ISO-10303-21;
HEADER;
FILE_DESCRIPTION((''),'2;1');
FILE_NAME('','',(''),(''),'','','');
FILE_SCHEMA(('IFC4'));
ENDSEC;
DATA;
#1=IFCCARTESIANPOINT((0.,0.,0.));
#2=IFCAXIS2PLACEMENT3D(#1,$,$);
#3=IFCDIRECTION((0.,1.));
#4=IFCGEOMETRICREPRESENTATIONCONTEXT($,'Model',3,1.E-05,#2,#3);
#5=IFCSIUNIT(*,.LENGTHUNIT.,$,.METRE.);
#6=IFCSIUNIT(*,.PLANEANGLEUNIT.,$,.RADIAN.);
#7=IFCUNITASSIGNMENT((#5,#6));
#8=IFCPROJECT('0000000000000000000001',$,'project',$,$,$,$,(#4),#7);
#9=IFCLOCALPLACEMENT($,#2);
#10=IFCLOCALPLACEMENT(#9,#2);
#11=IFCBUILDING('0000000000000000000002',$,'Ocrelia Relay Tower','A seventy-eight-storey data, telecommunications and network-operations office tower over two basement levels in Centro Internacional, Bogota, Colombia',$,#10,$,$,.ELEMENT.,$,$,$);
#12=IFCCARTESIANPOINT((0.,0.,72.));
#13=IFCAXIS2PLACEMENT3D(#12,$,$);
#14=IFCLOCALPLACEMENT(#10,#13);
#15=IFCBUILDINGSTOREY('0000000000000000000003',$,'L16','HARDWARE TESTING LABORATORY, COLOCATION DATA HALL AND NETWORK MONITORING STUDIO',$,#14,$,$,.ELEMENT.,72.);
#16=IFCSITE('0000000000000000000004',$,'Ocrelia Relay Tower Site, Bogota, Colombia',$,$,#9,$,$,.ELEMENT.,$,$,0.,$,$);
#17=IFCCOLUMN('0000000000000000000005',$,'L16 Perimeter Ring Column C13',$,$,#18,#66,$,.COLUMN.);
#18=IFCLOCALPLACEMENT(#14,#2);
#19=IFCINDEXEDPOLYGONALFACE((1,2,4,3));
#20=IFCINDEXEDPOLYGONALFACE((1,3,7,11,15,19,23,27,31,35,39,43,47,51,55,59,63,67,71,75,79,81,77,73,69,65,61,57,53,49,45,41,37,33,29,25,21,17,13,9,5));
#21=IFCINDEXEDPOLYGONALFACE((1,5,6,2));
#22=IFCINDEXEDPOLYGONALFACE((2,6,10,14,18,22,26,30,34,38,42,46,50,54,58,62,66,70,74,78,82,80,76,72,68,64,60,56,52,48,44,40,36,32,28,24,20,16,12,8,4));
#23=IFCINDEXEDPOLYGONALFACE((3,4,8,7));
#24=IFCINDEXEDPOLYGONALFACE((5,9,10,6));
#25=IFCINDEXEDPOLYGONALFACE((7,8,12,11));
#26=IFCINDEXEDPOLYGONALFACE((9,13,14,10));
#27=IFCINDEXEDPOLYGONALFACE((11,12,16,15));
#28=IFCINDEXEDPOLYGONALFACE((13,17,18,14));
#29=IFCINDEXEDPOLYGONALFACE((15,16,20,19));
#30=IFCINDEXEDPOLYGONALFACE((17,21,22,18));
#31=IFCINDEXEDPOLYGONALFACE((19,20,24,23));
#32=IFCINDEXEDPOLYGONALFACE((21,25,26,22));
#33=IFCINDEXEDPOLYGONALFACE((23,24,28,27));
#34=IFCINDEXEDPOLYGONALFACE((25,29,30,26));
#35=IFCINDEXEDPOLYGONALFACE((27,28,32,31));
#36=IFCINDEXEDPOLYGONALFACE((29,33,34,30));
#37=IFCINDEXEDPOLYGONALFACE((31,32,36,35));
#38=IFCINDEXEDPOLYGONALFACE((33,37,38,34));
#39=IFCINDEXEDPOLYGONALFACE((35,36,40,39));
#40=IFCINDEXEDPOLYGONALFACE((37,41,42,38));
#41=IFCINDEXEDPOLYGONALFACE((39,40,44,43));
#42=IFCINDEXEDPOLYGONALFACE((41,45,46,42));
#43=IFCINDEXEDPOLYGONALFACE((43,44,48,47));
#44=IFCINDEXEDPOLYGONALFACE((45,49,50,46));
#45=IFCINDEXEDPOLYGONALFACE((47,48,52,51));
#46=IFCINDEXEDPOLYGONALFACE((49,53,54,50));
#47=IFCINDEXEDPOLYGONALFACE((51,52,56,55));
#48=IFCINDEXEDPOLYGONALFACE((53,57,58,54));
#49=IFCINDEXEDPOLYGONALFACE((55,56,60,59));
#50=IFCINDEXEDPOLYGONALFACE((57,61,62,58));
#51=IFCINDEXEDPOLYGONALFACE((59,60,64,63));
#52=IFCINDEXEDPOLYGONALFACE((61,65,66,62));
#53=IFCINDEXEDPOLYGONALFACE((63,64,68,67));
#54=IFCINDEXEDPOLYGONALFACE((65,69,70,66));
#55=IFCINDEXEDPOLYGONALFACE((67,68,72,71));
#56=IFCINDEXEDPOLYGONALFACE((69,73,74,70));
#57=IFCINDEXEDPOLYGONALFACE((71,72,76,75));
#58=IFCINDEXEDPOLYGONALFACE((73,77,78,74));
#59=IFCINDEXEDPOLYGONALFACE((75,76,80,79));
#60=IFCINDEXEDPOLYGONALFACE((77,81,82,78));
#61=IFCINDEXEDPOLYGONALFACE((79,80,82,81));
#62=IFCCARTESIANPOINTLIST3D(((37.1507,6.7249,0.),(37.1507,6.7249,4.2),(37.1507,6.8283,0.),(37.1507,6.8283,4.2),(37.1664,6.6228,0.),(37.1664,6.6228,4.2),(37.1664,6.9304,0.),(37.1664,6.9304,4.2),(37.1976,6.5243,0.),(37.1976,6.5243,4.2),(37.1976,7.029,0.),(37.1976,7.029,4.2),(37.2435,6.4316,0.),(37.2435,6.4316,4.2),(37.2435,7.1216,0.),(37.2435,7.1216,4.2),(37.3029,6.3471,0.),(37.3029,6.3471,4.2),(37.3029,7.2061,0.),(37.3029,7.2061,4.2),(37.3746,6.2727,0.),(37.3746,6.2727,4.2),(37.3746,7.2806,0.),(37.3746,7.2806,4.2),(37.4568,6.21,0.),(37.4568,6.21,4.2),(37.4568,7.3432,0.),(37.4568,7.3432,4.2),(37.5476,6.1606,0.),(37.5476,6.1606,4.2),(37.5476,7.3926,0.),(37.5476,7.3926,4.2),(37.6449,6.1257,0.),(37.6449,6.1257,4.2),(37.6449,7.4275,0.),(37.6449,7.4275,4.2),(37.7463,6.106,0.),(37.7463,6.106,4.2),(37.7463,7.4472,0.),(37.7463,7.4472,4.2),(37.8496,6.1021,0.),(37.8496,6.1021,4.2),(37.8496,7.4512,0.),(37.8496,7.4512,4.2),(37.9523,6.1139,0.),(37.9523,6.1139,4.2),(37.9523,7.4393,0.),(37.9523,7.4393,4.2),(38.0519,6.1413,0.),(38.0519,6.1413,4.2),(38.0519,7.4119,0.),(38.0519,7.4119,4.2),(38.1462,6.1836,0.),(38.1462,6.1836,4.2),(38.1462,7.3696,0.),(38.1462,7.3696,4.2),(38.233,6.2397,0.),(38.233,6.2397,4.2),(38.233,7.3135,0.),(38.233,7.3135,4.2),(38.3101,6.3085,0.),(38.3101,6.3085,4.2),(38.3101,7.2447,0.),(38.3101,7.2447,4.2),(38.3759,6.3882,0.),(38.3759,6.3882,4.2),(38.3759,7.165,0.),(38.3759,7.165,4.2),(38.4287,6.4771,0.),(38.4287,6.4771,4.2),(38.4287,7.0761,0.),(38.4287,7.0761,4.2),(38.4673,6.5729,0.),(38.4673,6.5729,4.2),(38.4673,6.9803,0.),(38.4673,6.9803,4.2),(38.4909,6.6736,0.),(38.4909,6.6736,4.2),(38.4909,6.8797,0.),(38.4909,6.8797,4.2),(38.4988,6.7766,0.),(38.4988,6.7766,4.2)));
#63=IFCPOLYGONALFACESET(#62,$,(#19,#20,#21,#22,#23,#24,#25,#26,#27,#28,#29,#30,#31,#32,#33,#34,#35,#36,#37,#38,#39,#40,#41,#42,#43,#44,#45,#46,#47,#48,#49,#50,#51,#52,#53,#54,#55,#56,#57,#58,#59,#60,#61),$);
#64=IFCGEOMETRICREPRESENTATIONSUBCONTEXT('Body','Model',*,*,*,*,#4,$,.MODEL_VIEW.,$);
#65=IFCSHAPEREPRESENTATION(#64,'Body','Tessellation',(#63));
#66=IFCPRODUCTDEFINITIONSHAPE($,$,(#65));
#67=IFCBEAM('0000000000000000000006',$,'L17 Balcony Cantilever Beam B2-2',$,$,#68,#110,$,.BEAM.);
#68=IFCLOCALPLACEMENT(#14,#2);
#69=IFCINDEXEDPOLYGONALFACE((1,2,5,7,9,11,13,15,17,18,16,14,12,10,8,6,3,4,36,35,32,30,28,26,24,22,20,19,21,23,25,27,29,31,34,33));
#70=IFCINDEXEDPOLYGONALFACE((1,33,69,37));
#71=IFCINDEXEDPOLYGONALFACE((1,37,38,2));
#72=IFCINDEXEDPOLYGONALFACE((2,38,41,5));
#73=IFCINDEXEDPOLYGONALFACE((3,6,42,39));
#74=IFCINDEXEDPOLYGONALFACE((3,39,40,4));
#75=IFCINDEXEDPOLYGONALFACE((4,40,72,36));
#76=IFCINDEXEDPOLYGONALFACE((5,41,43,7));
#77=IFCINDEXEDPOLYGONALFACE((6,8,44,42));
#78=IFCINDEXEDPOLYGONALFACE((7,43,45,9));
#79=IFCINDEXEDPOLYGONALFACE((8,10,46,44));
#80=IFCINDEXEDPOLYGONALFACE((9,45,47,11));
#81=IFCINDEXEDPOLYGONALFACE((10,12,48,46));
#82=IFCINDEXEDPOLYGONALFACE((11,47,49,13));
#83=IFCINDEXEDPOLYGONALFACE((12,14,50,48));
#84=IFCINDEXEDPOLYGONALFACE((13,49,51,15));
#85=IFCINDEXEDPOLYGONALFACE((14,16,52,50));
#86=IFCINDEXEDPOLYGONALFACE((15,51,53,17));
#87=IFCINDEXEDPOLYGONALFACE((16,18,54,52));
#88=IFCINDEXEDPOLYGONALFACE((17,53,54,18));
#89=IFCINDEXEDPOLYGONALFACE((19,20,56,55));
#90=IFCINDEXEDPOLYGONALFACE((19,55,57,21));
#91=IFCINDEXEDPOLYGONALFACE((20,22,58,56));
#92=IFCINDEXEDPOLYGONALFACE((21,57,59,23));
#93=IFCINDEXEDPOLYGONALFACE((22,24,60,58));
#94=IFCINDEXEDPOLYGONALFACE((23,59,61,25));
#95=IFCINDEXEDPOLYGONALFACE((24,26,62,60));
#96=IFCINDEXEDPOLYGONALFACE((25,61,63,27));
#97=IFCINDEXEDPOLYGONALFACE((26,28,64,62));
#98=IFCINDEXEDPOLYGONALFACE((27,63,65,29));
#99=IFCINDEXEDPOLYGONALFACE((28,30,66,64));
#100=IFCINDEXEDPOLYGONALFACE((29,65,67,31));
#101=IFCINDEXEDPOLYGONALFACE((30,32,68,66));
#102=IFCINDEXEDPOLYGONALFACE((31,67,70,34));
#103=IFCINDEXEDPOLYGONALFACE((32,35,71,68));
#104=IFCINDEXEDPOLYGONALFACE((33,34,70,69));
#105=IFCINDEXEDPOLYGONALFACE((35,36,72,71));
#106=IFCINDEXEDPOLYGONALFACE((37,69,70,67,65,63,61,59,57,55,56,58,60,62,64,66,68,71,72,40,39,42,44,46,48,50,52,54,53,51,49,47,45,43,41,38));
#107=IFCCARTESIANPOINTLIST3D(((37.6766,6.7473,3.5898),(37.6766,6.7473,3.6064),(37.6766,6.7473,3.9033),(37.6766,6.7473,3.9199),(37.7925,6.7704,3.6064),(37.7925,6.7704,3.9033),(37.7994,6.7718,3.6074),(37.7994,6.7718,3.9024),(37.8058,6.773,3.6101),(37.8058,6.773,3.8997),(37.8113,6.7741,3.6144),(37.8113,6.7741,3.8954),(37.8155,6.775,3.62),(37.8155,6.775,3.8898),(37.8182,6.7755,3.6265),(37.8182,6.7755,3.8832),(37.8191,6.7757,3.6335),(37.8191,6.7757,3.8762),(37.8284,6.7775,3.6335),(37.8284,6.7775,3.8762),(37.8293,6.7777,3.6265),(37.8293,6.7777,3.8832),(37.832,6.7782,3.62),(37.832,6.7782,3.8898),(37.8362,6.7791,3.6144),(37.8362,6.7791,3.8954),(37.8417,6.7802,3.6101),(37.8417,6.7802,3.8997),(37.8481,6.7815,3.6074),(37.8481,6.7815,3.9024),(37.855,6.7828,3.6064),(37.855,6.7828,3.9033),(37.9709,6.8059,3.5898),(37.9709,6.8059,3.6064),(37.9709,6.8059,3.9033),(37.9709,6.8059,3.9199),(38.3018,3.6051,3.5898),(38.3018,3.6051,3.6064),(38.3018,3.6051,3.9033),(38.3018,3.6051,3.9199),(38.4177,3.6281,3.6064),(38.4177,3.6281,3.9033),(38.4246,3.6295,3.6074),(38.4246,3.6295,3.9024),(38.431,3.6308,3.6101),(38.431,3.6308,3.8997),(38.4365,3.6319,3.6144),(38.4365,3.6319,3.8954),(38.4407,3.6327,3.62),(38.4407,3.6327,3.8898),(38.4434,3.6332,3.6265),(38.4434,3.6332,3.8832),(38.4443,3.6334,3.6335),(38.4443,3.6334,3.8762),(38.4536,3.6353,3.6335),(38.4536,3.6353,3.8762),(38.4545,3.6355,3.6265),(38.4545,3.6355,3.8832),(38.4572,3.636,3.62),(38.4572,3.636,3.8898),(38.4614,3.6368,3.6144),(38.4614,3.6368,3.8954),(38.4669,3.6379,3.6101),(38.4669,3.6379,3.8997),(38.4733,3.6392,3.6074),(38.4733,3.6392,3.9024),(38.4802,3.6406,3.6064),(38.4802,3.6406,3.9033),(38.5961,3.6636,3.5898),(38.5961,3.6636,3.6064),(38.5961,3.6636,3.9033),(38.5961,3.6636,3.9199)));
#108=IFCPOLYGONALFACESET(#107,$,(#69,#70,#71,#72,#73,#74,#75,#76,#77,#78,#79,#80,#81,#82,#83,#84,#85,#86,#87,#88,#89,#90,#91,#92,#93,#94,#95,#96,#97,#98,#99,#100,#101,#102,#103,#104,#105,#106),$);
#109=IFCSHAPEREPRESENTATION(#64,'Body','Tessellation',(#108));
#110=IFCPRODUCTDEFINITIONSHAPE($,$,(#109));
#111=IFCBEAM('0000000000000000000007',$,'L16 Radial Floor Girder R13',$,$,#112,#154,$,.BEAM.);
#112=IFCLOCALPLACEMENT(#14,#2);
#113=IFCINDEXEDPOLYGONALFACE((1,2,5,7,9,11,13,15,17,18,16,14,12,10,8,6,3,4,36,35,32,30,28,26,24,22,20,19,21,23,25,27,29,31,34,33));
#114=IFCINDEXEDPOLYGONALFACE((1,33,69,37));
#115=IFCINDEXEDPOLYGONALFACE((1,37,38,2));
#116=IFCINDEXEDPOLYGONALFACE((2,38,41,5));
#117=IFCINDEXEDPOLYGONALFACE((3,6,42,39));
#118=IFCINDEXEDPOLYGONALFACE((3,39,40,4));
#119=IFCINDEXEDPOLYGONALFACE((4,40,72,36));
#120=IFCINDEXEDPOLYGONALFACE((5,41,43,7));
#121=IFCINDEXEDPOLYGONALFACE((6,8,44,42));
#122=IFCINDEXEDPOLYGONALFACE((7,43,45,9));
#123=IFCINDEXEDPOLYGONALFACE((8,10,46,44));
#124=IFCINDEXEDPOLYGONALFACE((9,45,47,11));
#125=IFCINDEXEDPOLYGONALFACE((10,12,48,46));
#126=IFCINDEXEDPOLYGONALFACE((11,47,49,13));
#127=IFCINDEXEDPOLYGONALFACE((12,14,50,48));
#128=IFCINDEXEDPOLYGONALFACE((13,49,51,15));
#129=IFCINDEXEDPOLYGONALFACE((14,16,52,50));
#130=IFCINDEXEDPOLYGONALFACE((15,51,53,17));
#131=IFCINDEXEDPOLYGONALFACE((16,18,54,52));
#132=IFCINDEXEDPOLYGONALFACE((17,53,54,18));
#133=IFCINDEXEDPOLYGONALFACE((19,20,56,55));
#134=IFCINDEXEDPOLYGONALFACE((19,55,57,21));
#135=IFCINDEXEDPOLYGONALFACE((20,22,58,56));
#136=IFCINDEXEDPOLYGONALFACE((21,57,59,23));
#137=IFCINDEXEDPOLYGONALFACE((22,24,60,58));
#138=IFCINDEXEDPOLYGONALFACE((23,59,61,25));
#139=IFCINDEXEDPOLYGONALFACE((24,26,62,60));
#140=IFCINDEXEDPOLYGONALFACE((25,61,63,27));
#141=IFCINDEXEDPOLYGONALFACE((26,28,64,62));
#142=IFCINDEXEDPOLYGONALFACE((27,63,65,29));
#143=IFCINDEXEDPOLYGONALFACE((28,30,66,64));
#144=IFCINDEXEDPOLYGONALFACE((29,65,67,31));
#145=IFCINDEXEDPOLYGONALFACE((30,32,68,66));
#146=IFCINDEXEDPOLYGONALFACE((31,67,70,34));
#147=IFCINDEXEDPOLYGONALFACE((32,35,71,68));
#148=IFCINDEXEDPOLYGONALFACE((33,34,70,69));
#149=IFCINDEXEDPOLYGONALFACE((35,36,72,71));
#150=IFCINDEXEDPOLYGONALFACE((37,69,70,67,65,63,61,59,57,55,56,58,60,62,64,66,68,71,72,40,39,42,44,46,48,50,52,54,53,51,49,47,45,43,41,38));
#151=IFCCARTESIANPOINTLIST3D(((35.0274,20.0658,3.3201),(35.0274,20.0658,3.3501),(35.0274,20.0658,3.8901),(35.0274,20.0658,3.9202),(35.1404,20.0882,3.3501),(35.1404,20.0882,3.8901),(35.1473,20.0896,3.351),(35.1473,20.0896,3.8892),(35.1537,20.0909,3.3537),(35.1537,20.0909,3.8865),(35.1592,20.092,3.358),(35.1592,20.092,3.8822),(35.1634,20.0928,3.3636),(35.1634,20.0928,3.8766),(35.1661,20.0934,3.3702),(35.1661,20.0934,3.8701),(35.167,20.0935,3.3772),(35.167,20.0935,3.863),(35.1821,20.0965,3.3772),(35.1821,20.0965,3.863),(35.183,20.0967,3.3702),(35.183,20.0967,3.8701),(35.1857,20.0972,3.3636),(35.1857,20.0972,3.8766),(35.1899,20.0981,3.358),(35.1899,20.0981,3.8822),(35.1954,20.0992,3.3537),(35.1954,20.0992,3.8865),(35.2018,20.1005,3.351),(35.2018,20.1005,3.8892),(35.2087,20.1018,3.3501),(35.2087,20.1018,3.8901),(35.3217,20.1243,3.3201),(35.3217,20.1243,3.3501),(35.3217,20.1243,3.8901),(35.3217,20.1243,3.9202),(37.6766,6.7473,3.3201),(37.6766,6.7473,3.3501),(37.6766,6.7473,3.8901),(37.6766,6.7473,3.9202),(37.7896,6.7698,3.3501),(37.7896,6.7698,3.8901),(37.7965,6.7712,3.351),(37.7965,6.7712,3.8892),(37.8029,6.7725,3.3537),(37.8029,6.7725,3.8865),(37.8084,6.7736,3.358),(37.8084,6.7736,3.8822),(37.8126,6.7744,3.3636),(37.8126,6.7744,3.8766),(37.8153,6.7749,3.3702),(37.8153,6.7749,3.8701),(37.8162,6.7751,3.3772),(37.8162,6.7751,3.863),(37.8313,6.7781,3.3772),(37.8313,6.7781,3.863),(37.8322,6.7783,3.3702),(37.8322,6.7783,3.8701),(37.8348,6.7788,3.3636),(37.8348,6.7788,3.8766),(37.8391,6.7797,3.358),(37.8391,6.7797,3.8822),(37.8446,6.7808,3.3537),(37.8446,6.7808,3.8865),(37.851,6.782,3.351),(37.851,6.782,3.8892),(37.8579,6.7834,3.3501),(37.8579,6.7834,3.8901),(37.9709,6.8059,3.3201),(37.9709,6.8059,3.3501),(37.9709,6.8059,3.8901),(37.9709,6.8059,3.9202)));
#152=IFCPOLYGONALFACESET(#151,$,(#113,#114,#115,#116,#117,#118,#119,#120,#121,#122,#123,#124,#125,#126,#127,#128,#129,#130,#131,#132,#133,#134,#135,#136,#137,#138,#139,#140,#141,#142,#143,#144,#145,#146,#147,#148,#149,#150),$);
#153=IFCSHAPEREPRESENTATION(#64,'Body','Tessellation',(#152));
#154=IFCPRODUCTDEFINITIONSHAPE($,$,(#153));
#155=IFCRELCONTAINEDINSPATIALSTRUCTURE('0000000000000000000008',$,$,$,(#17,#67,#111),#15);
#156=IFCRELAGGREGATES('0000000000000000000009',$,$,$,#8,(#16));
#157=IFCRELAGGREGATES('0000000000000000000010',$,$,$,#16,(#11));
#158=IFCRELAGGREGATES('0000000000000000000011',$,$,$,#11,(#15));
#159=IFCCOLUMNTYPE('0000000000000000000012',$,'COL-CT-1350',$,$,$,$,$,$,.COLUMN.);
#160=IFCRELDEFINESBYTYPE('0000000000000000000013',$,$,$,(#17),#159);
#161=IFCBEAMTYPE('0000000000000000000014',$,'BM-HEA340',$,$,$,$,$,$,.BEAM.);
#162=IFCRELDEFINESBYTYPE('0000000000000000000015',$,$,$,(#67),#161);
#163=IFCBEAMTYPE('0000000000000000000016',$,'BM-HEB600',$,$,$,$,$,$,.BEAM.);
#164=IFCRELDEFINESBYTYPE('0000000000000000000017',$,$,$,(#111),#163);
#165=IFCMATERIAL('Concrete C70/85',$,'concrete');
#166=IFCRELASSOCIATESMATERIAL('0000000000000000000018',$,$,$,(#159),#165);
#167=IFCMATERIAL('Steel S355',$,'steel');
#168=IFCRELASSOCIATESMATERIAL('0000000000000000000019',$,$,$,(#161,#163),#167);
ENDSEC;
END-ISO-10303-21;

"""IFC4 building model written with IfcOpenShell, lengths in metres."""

from ifc_helpers import new_model, si_unit, direction, frame, origin, origin_2d, place, context, subcontext, project, spatial, circle, i_section, extrude, material, material_profile, profile_set, type_object, element, save


model = new_model("IFC4")

# Units and contexts
model_context = context("Model", 3, precision=1e-05, world=origin(), true_north=direction((0.0, 1.0)))
body_context = subcontext(model_context, "Body", "Model", "MODEL_VIEW")
ifc_project = project(units=[si_unit("LENGTHUNIT", "METRE"), si_unit("PLANEANGLEUNIT", "RADIAN")], contexts=[model_context])

# Site, building, storey
site_placement = place(None, origin())
site = spatial("IfcSite", under=ifc_project, at=site_placement, Name="Ocrelia Relay Tower Site, Bogota, Colombia", CompositionType="ELEMENT", RefElevation=0.0)
building_placement = place(site_placement, origin())
building = spatial("IfcBuilding", under=site, at=building_placement, Name="Ocrelia Relay Tower", Description="A seventy-eight-storey data, telecommunications and network-operations office tower over two basement levels in Centro Internacional, Bogota, Colombia", CompositionType="ELEMENT")
storey_placement = place(building_placement, frame((0.0, 0.0, 72.0)))
storey = spatial("IfcBuildingStorey", under=building, at=storey_placement, Name="L16", Description="HARDWARE TESTING LABORATORY, COLOCATION DATA HALL AND NETWORK MONITORING STUDIO", CompositionType="ELEMENT", Elevation=72.0)

# Column
ifc_material_1 = material(Name="Concrete C70/85", Category="concrete")
ifc_material_profile_1 = material_profile(ifc_material_1, circle(Radius=0.675, at=origin_2d()), Name="RC-CIR-1350")
ifc_profile_set_1 = profile_set([ifc_material_profile_1], Name="Concrete C70/85")
column_type = type_object("IfcColumnType", Name="COL-CT-1350", PredefinedType="COLUMN", material=ifc_profile_set_1)
column_placement = place(storey_placement, frame((37.8237, 6.7766, 0.0), z_axis=(0.0, 0.0, 1.0), x_axis=(1.0, 0.0, 0.0)))
element("IfcColumn", 1, at=column_placement, inside=storey, type_object=column_type, Name="L16 Perimeter Ring Column C13", PredefinedType="COLUMN", context=body_context, shape_type="SweptSolid", body=[
    extrude(circle(Radius=0.675, at=origin_2d()), origin(), (0.0, 0.0, 1.0), 4.2),
])

# Beams
ifc_material_2 = material(Name="Steel S355", Category="steel")
ifc_material_profile_2 = material_profile(ifc_material_2, i_section(OverallWidth=0.3, OverallDepth=0.3301, WebThickness=0.0095, FlangeThickness=0.0166, FilletRadius=0.0271, at=origin_2d()), Name="HEA 340")
ifc_profile_set_2 = profile_set([ifc_material_profile_2], Name="Steel S355")
beam_type_1 = type_object("IfcBeamType", Name="BM-HEA340", PredefinedType="BEAM", material=ifc_profile_set_2)
beam_1_placement = place(storey_placement, frame((37.8237, 6.7766, 3.7549), z_axis=(0.195149, -0.980774, 0.0), x_axis=(0.980774, 0.195149, 0.0)))
element("IfcBeam", 2, at=beam_1_placement, inside=storey, type_object=beam_type_1, Name="L17 Balcony Cantilever Beam B2-2", PredefinedType="BEAM", context=body_context, shape_type="SweptSolid", body=[
    extrude(i_section(OverallWidth=0.3, OverallDepth=0.3301, WebThickness=0.0095, FlangeThickness=0.0166, FilletRadius=0.0271, at=origin_2d()), origin(), (0.0, 0.0, 1.0), 3.2039),
])
ifc_material_profile_3 = material_profile(ifc_material_2, i_section(OverallWidth=0.3, OverallDepth=0.6001, WebThickness=0.0154, FlangeThickness=0.03, FilletRadius=0.0271, at=origin_2d()), Name="HEB 600")
ifc_profile_set_3 = profile_set([ifc_material_profile_3], Name="Steel S355")
beam_type_2 = type_object("IfcBeamType", Name="BM-HEB600", PredefinedType="BEAM", material=ifc_profile_set_3)
beam_2_placement = place(storey_placement, frame((37.8237, 6.7766, 3.6201), z_axis=(-0.195089, 0.980786, 0.0), x_axis=(-0.980786, -0.195089, 0.0)))
element("IfcBeam", 3, at=beam_2_placement, inside=storey, type_object=beam_type_2, Name="L16 Radial Floor Girder R13", PredefinedType="BEAM", context=body_context, shape_type="SweptSolid", body=[
    extrude(i_section(OverallWidth=0.3, OverallDepth=0.6001, WebThickness=0.0154, FlangeThickness=0.03, FilletRadius=0.0271, at=origin_2d()), origin(), (0.0, 0.0, 1.0), 13.5793),
])

save(model, "model.ifc")
